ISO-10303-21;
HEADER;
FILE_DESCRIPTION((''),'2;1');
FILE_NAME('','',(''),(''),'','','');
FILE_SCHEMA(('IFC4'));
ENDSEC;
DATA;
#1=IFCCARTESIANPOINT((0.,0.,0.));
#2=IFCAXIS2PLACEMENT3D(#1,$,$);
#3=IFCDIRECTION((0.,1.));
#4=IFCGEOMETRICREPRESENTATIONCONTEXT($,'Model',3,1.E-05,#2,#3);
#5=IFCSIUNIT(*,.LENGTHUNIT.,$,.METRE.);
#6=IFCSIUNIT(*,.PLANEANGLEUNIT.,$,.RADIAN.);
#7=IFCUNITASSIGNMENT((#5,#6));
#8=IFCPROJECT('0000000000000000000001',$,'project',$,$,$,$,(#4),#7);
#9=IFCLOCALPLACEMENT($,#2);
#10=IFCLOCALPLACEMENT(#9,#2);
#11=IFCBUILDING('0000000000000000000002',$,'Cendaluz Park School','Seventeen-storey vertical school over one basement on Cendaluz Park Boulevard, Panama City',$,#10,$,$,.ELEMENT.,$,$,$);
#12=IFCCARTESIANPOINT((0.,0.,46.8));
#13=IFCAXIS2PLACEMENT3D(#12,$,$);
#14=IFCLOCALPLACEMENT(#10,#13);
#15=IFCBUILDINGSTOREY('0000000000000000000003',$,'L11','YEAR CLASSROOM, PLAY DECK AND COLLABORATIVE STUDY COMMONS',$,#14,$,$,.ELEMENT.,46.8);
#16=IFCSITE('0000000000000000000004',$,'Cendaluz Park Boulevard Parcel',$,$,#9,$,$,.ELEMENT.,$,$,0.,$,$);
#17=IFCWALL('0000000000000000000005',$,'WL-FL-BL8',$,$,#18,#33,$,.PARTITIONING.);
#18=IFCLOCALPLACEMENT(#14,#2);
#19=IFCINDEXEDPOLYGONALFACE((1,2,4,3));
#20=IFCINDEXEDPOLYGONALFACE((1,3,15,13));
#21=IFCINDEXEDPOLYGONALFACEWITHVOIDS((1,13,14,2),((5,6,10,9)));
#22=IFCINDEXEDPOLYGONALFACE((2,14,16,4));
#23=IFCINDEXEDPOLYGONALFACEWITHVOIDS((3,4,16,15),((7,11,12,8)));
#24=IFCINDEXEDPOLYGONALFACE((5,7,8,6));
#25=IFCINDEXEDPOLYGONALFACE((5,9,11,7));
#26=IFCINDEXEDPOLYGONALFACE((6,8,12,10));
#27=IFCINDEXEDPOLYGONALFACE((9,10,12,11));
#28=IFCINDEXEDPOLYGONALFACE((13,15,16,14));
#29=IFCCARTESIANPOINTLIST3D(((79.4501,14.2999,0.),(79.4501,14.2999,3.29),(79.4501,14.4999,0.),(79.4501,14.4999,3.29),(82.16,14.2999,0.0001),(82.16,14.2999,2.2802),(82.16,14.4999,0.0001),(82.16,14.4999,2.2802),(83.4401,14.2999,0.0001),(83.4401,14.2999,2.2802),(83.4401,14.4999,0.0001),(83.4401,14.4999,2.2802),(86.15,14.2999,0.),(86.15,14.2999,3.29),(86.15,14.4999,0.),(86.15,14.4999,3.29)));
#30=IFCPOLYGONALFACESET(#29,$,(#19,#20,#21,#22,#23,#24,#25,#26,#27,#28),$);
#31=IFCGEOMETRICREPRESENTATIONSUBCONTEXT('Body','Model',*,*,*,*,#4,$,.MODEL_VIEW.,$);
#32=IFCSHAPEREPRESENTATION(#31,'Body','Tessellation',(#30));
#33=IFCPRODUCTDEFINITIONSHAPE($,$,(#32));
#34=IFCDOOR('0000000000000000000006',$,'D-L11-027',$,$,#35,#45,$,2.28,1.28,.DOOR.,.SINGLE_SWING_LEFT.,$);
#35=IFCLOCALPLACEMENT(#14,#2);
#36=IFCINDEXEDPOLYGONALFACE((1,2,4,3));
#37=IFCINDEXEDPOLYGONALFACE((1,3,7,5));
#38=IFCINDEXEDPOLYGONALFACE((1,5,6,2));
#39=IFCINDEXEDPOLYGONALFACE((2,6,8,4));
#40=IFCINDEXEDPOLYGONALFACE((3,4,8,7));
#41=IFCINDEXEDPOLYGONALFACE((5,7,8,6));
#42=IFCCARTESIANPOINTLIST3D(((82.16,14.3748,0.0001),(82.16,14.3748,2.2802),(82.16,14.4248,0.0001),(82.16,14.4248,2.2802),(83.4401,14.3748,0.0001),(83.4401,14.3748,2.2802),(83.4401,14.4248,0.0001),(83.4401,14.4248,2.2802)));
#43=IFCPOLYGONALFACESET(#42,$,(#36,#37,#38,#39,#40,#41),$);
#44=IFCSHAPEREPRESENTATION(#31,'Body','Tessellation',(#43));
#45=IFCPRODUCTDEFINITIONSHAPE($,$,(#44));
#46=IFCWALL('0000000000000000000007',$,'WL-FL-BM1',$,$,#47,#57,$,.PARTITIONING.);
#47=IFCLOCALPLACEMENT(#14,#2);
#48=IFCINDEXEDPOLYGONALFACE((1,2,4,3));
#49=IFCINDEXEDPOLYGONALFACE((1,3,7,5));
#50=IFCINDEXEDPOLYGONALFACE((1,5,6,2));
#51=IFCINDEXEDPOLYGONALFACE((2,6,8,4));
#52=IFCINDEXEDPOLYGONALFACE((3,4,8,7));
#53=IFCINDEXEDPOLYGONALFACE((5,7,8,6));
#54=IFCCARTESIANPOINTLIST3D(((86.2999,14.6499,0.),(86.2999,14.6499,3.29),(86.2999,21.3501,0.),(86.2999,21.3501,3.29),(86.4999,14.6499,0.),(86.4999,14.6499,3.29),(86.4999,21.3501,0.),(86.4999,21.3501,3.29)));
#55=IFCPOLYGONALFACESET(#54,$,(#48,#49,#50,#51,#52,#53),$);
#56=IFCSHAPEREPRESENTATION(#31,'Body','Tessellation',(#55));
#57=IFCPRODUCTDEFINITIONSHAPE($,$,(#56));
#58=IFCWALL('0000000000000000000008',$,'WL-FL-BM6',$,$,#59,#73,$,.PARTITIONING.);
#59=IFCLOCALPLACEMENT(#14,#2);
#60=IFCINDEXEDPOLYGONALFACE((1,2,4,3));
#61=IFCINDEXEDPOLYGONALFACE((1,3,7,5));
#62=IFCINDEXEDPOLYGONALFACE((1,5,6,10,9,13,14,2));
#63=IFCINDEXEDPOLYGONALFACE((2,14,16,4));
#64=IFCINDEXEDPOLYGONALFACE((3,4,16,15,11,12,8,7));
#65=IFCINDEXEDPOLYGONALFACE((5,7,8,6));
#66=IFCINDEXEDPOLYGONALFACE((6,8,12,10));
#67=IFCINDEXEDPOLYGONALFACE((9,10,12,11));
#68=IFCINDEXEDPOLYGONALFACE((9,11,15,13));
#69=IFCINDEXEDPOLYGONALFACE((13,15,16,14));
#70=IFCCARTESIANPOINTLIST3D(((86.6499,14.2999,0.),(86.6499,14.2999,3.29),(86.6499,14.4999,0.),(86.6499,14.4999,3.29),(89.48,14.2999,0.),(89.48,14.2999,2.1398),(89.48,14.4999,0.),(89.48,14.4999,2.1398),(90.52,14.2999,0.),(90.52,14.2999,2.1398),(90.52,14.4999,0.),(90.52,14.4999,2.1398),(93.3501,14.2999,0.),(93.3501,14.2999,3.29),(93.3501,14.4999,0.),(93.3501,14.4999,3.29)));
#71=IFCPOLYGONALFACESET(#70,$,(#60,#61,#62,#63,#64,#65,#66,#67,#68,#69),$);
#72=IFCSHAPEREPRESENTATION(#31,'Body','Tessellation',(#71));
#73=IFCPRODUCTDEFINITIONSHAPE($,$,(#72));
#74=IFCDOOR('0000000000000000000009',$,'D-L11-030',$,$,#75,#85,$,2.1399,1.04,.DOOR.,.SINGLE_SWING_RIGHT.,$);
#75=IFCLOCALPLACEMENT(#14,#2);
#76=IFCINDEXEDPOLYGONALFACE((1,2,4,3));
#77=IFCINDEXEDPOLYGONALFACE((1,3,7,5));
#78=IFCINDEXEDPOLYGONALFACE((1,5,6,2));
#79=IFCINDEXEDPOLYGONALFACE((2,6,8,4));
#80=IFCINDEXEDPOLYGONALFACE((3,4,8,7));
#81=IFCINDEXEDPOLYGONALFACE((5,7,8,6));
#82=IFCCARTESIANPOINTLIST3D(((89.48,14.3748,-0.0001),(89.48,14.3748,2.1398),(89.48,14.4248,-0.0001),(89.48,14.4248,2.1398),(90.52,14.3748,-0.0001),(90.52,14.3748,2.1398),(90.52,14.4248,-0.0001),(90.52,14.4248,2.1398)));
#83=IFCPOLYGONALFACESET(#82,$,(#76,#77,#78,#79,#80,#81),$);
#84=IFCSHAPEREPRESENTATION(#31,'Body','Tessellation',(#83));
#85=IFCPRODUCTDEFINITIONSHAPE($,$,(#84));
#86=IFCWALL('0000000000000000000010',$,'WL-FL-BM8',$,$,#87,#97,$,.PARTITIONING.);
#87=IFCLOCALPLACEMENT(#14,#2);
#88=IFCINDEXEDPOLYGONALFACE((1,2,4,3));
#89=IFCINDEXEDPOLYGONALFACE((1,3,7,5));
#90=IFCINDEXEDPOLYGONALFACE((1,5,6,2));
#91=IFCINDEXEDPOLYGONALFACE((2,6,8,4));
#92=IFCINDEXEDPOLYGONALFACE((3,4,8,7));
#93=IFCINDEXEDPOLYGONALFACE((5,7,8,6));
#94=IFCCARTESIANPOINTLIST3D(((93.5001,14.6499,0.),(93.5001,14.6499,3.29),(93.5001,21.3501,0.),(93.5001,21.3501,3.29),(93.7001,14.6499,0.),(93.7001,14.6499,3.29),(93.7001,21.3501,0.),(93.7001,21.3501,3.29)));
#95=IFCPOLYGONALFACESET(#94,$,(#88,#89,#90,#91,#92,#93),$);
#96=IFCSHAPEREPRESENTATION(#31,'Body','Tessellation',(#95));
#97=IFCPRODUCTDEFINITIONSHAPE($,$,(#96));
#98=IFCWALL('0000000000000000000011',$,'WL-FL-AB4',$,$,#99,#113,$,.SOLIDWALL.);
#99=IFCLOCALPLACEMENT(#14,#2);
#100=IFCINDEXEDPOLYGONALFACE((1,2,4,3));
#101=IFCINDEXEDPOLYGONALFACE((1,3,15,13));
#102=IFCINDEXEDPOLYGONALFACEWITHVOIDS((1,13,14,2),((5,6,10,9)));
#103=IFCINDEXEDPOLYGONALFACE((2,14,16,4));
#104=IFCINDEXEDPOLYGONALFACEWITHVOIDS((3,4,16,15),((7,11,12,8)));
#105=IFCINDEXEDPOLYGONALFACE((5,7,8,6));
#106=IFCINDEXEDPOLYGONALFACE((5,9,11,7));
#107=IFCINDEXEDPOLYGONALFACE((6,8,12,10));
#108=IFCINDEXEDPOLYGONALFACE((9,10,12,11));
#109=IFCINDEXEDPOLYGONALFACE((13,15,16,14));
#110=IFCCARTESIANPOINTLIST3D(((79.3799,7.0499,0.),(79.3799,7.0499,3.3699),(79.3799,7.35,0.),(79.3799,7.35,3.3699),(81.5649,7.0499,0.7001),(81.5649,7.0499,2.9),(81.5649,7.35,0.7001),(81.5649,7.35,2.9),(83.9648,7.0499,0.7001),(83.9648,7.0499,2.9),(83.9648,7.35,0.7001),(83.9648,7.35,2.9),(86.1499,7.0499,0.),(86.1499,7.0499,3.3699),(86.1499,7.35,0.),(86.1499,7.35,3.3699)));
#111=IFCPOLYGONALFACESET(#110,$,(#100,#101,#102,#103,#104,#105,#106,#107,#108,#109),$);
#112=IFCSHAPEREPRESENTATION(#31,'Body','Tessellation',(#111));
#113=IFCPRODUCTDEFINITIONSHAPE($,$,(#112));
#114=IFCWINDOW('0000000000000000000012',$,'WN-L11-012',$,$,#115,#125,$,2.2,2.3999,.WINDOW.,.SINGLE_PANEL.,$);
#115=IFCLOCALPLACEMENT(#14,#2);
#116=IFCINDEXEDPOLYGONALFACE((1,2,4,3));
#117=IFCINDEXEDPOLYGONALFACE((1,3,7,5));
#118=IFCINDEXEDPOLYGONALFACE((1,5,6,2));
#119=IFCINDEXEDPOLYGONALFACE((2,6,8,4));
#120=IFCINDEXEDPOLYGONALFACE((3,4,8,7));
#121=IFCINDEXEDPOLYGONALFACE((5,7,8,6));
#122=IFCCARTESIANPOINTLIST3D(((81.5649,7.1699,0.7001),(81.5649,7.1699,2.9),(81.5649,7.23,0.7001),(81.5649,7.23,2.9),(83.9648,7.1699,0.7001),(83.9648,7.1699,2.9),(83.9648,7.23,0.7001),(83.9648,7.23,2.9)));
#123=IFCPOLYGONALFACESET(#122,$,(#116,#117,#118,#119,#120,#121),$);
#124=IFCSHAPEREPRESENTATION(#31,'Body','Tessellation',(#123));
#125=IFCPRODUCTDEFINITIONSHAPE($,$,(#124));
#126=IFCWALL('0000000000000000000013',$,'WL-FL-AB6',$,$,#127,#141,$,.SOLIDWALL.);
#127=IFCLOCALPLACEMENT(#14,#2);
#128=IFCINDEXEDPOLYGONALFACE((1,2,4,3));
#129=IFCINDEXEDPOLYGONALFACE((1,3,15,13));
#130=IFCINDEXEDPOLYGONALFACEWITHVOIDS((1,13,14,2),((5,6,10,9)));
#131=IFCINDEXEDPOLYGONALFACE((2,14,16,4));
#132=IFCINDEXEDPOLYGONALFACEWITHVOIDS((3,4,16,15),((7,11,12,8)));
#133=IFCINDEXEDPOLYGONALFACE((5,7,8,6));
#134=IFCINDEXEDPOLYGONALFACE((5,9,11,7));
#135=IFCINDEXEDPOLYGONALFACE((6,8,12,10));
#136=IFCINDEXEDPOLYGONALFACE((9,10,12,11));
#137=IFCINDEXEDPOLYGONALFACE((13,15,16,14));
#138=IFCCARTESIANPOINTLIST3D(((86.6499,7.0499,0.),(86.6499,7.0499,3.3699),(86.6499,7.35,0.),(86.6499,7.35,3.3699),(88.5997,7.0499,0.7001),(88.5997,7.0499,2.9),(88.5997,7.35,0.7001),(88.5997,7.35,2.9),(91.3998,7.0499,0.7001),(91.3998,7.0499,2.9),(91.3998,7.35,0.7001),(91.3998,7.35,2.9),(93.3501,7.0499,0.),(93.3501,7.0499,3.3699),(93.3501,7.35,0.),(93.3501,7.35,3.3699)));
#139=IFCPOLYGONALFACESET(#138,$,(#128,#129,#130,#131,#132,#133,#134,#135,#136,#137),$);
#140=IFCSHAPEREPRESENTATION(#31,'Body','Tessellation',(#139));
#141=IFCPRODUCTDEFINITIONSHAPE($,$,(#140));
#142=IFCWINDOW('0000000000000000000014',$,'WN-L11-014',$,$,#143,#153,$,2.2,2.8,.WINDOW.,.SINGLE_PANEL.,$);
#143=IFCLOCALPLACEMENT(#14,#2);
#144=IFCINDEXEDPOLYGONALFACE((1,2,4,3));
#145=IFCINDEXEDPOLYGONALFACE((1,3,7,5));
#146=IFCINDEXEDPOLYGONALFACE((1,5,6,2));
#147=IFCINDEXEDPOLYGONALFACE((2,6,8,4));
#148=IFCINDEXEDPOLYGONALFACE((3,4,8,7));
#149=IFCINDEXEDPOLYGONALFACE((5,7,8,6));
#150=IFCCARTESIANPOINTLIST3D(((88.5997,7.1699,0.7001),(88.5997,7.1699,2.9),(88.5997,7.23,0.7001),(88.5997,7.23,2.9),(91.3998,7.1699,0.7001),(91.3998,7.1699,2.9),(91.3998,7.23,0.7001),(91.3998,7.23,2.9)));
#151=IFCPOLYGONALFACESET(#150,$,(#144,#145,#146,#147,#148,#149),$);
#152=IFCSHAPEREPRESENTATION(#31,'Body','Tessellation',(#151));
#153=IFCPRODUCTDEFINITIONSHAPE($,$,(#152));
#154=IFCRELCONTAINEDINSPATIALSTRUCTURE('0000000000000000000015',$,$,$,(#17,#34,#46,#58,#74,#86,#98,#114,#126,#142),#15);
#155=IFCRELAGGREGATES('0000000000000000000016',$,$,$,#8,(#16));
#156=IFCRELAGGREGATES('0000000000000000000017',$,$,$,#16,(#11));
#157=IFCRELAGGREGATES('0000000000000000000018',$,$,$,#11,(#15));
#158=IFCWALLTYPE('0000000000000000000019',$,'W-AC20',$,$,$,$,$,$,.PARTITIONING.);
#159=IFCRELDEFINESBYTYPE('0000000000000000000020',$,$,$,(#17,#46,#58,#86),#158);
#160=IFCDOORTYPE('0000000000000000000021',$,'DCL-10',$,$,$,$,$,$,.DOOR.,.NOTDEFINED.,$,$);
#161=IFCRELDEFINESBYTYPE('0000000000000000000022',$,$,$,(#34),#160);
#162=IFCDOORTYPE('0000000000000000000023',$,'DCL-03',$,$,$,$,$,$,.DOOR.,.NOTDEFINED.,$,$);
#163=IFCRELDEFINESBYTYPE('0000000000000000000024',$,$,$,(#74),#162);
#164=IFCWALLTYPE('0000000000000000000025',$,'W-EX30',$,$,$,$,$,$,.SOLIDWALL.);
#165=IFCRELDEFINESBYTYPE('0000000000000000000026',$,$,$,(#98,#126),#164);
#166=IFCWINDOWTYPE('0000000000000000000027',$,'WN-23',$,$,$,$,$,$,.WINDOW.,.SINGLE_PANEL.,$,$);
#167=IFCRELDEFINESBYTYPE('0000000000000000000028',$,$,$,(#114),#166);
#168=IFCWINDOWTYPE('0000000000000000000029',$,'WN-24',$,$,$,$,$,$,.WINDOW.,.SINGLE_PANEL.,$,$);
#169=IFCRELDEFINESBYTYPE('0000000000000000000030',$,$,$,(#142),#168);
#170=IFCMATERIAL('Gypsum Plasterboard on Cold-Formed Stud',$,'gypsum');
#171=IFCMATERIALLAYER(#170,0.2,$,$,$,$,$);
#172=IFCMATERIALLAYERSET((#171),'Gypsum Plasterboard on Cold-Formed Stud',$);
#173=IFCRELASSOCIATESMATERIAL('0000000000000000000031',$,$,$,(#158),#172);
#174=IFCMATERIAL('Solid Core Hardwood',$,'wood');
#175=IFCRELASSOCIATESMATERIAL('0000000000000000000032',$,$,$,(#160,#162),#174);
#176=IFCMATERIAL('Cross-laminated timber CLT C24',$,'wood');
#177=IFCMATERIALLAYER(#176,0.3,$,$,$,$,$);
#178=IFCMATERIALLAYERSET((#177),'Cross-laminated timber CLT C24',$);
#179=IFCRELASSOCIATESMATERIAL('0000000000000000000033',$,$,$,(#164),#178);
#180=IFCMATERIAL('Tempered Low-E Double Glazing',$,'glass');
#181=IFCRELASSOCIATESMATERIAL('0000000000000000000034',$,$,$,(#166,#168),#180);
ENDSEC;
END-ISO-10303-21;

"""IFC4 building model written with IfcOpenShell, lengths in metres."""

from ifc_helpers import new_model, si_unit, direction, frame, frame_2d, origin, place, context, subcontext, project, spatial, rectangle, extrude, material, layer, layer_set, type_object, element, fill, save


model = new_model("IFC4")

# Units and contexts
model_context = context("Model", 3, precision=1e-05, world=origin(), true_north=direction((0.0, 1.0)))
body_context = subcontext(model_context, "Body", "Model", "MODEL_VIEW")
ifc_project = project(units=[si_unit("LENGTHUNIT", "METRE"), si_unit("PLANEANGLEUNIT", "RADIAN")], contexts=[model_context])

# Site, building, storey
site_placement = place(None, origin())
site = spatial("IfcSite", under=ifc_project, at=site_placement, Name="Cendaluz Park Boulevard Parcel", CompositionType="ELEMENT", RefElevation=0.0)
building_placement = place(site_placement, origin())
building = spatial("IfcBuilding", under=site, at=building_placement, Name="Cendaluz Park School", Description="Seventeen-storey vertical school over one basement on Cendaluz Park Boulevard, Panama City", CompositionType="ELEMENT")
storey_placement = place(building_placement, frame((0.0, 0.0, 46.8)))
storey = spatial("IfcBuildingStorey", under=building, at=storey_placement, Name="L11", Description="YEAR CLASSROOM, PLAY DECK AND COLLABORATIVE STUDY COMMONS", CompositionType="ELEMENT", Elevation=46.8)

# Wall, opening, door
ifc_material_1 = material(Name="Gypsum Plasterboard on Cold-Formed Stud", Category="gypsum")
ifc_layer_1 = layer(ifc_material_1, 0.2)
ifc_layer_set_1 = layer_set([ifc_layer_1], Name="Gypsum Plasterboard on Cold-Formed Stud")
wall_type_1 = type_object("IfcWallType", Name="W-AC20", PredefinedType="PARTITIONING", material=ifc_layer_set_1)
wall_1_placement = place(storey_placement, frame((79.45, 14.3999, 0.0), z_axis=(0.0, 0.0, 1.0), x_axis=(1.0, 0.0, 0.0)))
wall_1 = element("IfcWall", 1, at=wall_1_placement, inside=storey, type_object=wall_type_1, Name="WL-FL-BL8", PredefinedType="PARTITIONING", context=body_context, shape_type="SweptSolid", body=[
    extrude(rectangle(XDim=6.7, YDim=0.2, at=frame_2d((3.3501, 0.0))), origin(), (0.0, 0.0, 1.0), 3.29),
])
opening_1_placement = place(wall_1_placement, frame((2.71, 0.0, 0.0)))
opening_1 = element("IfcOpeningElement", 2, at=opening_1_placement, cuts=wall_1, PredefinedType="OPENING", context=body_context, shape_type="SweptSolid", body=[
    extrude(rectangle(XDim=1.28, YDim=2.28, at=frame_2d((0.6401, 1.1401))), frame((0.0, 0.1121, 0.0), z_axis=(0.0, -1.0, 0.0), x_axis=(1.0, 0.0, 0.0)), (0.0, 0.0, 1.0), 0.2239),
])
ifc_material_2 = material(Name="Solid Core Hardwood", Category="wood")
door_type_1 = type_object("IfcDoorType", Name="DCL-10", OperationType="NOTDEFINED", PredefinedType="DOOR", material=ifc_material_2)
door_1_placement = place(opening_1_placement, origin())
door_1 = element("IfcDoor", 3, at=door_1_placement, inside=storey, type_object=door_type_1, Name="D-L11-027", OperationType="SINGLE_SWING_LEFT", OverallHeight=2.28, OverallWidth=1.28, PredefinedType="DOOR", context=body_context, shape_type="SweptSolid", body=[
    extrude(rectangle(XDim=1.28, YDim=2.28, at=frame_2d((0.6401, 1.1401))), frame((0.0, 0.0249, 0.0), z_axis=(0.0, -1.0, 0.0), x_axis=(1.0, 0.0, 0.0)), (0.0, 0.0, 1.0), 0.05),
])
fill(opening_1, door_1)

# Wall
wall_2_placement = place(storey_placement, frame((86.3999, 14.6499, 0.0), z_axis=(0.0, 0.0, 1.0), x_axis=(0.0, 1.0, 0.0)))
element("IfcWall", 4, at=wall_2_placement, inside=storey, type_object=wall_type_1, Name="WL-FL-BM1", PredefinedType="PARTITIONING", context=body_context, shape_type="SweptSolid", body=[
    extrude(rectangle(XDim=6.7002, YDim=0.2, at=frame_2d((3.3501, 0.0))), origin(), (0.0, 0.0, 1.0), 3.29),
])

# Wall, opening, door
wall_3_placement = place(storey_placement, frame((86.6499, 14.3999, 0.0), z_axis=(0.0, 0.0, 1.0), x_axis=(1.0, 0.0, 0.0)))
wall_3 = element("IfcWall", 5, at=wall_3_placement, inside=storey, type_object=wall_type_1, Name="WL-FL-BM6", PredefinedType="PARTITIONING", context=body_context, shape_type="SweptSolid", body=[
    extrude(rectangle(XDim=6.7002, YDim=0.2, at=frame_2d((3.3501, 0.0))), origin(), (0.0, 0.0, 1.0), 3.29),
])
opening_2_placement = place(wall_3_placement, frame((2.8301, 0.0, 0.0)))
opening_2 = element("IfcOpeningElement", 6, at=opening_2_placement, cuts=wall_3, PredefinedType="OPENING", context=body_context, shape_type="SweptSolid", body=[
    extrude(rectangle(XDim=1.04, YDim=2.1399, at=frame_2d((0.52, 1.0698))), frame((0.0, 0.1121, 0.0), z_axis=(0.0, -1.0, 0.0), x_axis=(1.0, 0.0, 0.0)), (0.0, 0.0, 1.0), 0.2239),
])
door_type_2 = type_object("IfcDoorType", Name="DCL-03", OperationType="NOTDEFINED", PredefinedType="DOOR", material=ifc_material_2)
door_2_placement = place(opening_2_placement, origin())
door_2 = element("IfcDoor", 7, at=door_2_placement, inside=storey, type_object=door_type_2, Name="D-L11-030", OperationType="SINGLE_SWING_RIGHT", OverallHeight=2.1399, OverallWidth=1.04, PredefinedType="DOOR", context=body_context, shape_type="SweptSolid", body=[
    extrude(rectangle(XDim=1.04, YDim=2.1399, at=frame_2d((0.52, 1.0698))), frame((0.0, 0.0249, 0.0), z_axis=(0.0, -1.0, 0.0), x_axis=(1.0, 0.0, 0.0)), (0.0, 0.0, 1.0), 0.05),
])
fill(opening_2, door_2)

# Wall
wall_4_placement = place(storey_placement, frame((93.6001, 14.6499, 0.0), z_axis=(0.0, 0.0, 1.0), x_axis=(0.0, 1.0, 0.0)))
element("IfcWall", 8, at=wall_4_placement, inside=storey, type_object=wall_type_1, Name="WL-FL-BM8", PredefinedType="PARTITIONING", context=body_context, shape_type="SweptSolid", body=[
    extrude(rectangle(XDim=6.7002, YDim=0.2, at=frame_2d((3.3501, 0.0))), origin(), (0.0, 0.0, 1.0), 3.29),
])

# Walls, openings, windows
ifc_material_3 = material(Name="Cross-laminated timber CLT C24", Category="wood")
ifc_layer_2 = layer(ifc_material_3, 0.3)
ifc_layer_set_2 = layer_set([ifc_layer_2], Name="Cross-laminated timber CLT C24")
wall_type_2 = type_object("IfcWallType", Name="W-EX30", PredefinedType="SOLIDWALL", material=ifc_layer_set_2)
wall_5_placement = place(storey_placement, frame((79.3799, 7.2, 0.0), z_axis=(0.0, 0.0, 1.0), x_axis=(1.0, 0.0, 0.0)))
wall_5 = element("IfcWall", 9, at=wall_5_placement, inside=storey, type_object=wall_type_2, Name="WL-FL-AB4", PredefinedType="SOLIDWALL", context=body_context, shape_type="SweptSolid", body=[
    extrude(rectangle(XDim=6.77, YDim=0.3, at=frame_2d((3.385, 0.0))), origin(), (0.0, 0.0, 1.0), 3.3699),
])
opening_3_placement = place(wall_5_placement, frame((2.1851, 0.0, 0.7)))
opening_3 = element("IfcOpeningElement", 10, at=opening_3_placement, cuts=wall_5, PredefinedType="OPENING", context=body_context, shape_type="SweptSolid", body=[
    extrude(rectangle(XDim=2.3999, YDim=2.2, at=frame_2d((1.2, 1.1001))), frame((0.0, 0.1621, 0.0), z_axis=(0.0, -1.0, 0.0), x_axis=(1.0, 0.0, 0.0)), (0.0, 0.0, 1.0), 0.324),
])
ifc_material_4 = material(Name="Tempered Low-E Double Glazing", Category="glass")
window_type_1 = type_object("IfcWindowType", Name="WN-23", PartitioningType="SINGLE_PANEL", PredefinedType="WINDOW", material=ifc_material_4)
window_1_placement = place(opening_3_placement, origin())
window_1 = element("IfcWindow", 11, at=window_1_placement, inside=storey, type_object=window_type_1, Name="WN-L11-012", OverallHeight=2.2, OverallWidth=2.3999, PartitioningType="SINGLE_PANEL", PredefinedType="WINDOW", context=body_context, shape_type="SweptSolid", body=[
    extrude(rectangle(XDim=2.3999, YDim=2.2, at=frame_2d((1.2, 1.1001))), frame((0.0, 0.03, 0.0), z_axis=(0.0, -1.0, 0.0), x_axis=(1.0, 0.0, 0.0)), (0.0, 0.0, 1.0), 0.0601),
])
fill(opening_3, window_1)
wall_6_placement = place(storey_placement, frame((86.6499, 7.2, 0.0), z_axis=(0.0, 0.0, 1.0), x_axis=(1.0, 0.0, 0.0)))
wall_6 = element("IfcWall", 12, at=wall_6_placement, inside=storey, type_object=wall_type_2, Name="WL-FL-AB6", PredefinedType="SOLIDWALL", context=body_context, shape_type="SweptSolid", body=[
    extrude(rectangle(XDim=6.7002, YDim=0.3, at=frame_2d((3.3501, 0.0))), origin(), (0.0, 0.0, 1.0), 3.3699),
])
opening_4_placement = place(wall_6_placement, frame((1.95, 0.0, 0.7)))
opening_4 = element("IfcOpeningElement", 13, at=opening_4_placement, cuts=wall_6, PredefinedType="OPENING", context=body_context, shape_type="SweptSolid", body=[
    extrude(rectangle(XDim=2.8, YDim=2.2, at=frame_2d((1.3999, 1.1001))), frame((0.0, 0.1621, 0.0), z_axis=(0.0, -1.0, 0.0), x_axis=(1.0, 0.0, 0.0)), (0.0, 0.0, 1.0), 0.324),
])
window_type_2 = type_object("IfcWindowType", Name="WN-24", PartitioningType="SINGLE_PANEL", PredefinedType="WINDOW", material=ifc_material_4)
window_2_placement = place(opening_4_placement, origin())
window_2 = element("IfcWindow", 14, at=window_2_placement, inside=storey, type_object=window_type_2, Name="WN-L11-014", OverallHeight=2.2, OverallWidth=2.8, PartitioningType="SINGLE_PANEL", PredefinedType="WINDOW", context=body_context, shape_type="SweptSolid", body=[
    extrude(rectangle(XDim=2.8, YDim=2.2, at=frame_2d((1.3999, 1.1001))), frame((0.0, 0.03, 0.0), z_axis=(0.0, -1.0, 0.0), x_axis=(1.0, 0.0, 0.0)), (0.0, 0.0, 1.0), 0.0601),
])
fill(opening_4, window_2)

save(model, "model.ifc")
